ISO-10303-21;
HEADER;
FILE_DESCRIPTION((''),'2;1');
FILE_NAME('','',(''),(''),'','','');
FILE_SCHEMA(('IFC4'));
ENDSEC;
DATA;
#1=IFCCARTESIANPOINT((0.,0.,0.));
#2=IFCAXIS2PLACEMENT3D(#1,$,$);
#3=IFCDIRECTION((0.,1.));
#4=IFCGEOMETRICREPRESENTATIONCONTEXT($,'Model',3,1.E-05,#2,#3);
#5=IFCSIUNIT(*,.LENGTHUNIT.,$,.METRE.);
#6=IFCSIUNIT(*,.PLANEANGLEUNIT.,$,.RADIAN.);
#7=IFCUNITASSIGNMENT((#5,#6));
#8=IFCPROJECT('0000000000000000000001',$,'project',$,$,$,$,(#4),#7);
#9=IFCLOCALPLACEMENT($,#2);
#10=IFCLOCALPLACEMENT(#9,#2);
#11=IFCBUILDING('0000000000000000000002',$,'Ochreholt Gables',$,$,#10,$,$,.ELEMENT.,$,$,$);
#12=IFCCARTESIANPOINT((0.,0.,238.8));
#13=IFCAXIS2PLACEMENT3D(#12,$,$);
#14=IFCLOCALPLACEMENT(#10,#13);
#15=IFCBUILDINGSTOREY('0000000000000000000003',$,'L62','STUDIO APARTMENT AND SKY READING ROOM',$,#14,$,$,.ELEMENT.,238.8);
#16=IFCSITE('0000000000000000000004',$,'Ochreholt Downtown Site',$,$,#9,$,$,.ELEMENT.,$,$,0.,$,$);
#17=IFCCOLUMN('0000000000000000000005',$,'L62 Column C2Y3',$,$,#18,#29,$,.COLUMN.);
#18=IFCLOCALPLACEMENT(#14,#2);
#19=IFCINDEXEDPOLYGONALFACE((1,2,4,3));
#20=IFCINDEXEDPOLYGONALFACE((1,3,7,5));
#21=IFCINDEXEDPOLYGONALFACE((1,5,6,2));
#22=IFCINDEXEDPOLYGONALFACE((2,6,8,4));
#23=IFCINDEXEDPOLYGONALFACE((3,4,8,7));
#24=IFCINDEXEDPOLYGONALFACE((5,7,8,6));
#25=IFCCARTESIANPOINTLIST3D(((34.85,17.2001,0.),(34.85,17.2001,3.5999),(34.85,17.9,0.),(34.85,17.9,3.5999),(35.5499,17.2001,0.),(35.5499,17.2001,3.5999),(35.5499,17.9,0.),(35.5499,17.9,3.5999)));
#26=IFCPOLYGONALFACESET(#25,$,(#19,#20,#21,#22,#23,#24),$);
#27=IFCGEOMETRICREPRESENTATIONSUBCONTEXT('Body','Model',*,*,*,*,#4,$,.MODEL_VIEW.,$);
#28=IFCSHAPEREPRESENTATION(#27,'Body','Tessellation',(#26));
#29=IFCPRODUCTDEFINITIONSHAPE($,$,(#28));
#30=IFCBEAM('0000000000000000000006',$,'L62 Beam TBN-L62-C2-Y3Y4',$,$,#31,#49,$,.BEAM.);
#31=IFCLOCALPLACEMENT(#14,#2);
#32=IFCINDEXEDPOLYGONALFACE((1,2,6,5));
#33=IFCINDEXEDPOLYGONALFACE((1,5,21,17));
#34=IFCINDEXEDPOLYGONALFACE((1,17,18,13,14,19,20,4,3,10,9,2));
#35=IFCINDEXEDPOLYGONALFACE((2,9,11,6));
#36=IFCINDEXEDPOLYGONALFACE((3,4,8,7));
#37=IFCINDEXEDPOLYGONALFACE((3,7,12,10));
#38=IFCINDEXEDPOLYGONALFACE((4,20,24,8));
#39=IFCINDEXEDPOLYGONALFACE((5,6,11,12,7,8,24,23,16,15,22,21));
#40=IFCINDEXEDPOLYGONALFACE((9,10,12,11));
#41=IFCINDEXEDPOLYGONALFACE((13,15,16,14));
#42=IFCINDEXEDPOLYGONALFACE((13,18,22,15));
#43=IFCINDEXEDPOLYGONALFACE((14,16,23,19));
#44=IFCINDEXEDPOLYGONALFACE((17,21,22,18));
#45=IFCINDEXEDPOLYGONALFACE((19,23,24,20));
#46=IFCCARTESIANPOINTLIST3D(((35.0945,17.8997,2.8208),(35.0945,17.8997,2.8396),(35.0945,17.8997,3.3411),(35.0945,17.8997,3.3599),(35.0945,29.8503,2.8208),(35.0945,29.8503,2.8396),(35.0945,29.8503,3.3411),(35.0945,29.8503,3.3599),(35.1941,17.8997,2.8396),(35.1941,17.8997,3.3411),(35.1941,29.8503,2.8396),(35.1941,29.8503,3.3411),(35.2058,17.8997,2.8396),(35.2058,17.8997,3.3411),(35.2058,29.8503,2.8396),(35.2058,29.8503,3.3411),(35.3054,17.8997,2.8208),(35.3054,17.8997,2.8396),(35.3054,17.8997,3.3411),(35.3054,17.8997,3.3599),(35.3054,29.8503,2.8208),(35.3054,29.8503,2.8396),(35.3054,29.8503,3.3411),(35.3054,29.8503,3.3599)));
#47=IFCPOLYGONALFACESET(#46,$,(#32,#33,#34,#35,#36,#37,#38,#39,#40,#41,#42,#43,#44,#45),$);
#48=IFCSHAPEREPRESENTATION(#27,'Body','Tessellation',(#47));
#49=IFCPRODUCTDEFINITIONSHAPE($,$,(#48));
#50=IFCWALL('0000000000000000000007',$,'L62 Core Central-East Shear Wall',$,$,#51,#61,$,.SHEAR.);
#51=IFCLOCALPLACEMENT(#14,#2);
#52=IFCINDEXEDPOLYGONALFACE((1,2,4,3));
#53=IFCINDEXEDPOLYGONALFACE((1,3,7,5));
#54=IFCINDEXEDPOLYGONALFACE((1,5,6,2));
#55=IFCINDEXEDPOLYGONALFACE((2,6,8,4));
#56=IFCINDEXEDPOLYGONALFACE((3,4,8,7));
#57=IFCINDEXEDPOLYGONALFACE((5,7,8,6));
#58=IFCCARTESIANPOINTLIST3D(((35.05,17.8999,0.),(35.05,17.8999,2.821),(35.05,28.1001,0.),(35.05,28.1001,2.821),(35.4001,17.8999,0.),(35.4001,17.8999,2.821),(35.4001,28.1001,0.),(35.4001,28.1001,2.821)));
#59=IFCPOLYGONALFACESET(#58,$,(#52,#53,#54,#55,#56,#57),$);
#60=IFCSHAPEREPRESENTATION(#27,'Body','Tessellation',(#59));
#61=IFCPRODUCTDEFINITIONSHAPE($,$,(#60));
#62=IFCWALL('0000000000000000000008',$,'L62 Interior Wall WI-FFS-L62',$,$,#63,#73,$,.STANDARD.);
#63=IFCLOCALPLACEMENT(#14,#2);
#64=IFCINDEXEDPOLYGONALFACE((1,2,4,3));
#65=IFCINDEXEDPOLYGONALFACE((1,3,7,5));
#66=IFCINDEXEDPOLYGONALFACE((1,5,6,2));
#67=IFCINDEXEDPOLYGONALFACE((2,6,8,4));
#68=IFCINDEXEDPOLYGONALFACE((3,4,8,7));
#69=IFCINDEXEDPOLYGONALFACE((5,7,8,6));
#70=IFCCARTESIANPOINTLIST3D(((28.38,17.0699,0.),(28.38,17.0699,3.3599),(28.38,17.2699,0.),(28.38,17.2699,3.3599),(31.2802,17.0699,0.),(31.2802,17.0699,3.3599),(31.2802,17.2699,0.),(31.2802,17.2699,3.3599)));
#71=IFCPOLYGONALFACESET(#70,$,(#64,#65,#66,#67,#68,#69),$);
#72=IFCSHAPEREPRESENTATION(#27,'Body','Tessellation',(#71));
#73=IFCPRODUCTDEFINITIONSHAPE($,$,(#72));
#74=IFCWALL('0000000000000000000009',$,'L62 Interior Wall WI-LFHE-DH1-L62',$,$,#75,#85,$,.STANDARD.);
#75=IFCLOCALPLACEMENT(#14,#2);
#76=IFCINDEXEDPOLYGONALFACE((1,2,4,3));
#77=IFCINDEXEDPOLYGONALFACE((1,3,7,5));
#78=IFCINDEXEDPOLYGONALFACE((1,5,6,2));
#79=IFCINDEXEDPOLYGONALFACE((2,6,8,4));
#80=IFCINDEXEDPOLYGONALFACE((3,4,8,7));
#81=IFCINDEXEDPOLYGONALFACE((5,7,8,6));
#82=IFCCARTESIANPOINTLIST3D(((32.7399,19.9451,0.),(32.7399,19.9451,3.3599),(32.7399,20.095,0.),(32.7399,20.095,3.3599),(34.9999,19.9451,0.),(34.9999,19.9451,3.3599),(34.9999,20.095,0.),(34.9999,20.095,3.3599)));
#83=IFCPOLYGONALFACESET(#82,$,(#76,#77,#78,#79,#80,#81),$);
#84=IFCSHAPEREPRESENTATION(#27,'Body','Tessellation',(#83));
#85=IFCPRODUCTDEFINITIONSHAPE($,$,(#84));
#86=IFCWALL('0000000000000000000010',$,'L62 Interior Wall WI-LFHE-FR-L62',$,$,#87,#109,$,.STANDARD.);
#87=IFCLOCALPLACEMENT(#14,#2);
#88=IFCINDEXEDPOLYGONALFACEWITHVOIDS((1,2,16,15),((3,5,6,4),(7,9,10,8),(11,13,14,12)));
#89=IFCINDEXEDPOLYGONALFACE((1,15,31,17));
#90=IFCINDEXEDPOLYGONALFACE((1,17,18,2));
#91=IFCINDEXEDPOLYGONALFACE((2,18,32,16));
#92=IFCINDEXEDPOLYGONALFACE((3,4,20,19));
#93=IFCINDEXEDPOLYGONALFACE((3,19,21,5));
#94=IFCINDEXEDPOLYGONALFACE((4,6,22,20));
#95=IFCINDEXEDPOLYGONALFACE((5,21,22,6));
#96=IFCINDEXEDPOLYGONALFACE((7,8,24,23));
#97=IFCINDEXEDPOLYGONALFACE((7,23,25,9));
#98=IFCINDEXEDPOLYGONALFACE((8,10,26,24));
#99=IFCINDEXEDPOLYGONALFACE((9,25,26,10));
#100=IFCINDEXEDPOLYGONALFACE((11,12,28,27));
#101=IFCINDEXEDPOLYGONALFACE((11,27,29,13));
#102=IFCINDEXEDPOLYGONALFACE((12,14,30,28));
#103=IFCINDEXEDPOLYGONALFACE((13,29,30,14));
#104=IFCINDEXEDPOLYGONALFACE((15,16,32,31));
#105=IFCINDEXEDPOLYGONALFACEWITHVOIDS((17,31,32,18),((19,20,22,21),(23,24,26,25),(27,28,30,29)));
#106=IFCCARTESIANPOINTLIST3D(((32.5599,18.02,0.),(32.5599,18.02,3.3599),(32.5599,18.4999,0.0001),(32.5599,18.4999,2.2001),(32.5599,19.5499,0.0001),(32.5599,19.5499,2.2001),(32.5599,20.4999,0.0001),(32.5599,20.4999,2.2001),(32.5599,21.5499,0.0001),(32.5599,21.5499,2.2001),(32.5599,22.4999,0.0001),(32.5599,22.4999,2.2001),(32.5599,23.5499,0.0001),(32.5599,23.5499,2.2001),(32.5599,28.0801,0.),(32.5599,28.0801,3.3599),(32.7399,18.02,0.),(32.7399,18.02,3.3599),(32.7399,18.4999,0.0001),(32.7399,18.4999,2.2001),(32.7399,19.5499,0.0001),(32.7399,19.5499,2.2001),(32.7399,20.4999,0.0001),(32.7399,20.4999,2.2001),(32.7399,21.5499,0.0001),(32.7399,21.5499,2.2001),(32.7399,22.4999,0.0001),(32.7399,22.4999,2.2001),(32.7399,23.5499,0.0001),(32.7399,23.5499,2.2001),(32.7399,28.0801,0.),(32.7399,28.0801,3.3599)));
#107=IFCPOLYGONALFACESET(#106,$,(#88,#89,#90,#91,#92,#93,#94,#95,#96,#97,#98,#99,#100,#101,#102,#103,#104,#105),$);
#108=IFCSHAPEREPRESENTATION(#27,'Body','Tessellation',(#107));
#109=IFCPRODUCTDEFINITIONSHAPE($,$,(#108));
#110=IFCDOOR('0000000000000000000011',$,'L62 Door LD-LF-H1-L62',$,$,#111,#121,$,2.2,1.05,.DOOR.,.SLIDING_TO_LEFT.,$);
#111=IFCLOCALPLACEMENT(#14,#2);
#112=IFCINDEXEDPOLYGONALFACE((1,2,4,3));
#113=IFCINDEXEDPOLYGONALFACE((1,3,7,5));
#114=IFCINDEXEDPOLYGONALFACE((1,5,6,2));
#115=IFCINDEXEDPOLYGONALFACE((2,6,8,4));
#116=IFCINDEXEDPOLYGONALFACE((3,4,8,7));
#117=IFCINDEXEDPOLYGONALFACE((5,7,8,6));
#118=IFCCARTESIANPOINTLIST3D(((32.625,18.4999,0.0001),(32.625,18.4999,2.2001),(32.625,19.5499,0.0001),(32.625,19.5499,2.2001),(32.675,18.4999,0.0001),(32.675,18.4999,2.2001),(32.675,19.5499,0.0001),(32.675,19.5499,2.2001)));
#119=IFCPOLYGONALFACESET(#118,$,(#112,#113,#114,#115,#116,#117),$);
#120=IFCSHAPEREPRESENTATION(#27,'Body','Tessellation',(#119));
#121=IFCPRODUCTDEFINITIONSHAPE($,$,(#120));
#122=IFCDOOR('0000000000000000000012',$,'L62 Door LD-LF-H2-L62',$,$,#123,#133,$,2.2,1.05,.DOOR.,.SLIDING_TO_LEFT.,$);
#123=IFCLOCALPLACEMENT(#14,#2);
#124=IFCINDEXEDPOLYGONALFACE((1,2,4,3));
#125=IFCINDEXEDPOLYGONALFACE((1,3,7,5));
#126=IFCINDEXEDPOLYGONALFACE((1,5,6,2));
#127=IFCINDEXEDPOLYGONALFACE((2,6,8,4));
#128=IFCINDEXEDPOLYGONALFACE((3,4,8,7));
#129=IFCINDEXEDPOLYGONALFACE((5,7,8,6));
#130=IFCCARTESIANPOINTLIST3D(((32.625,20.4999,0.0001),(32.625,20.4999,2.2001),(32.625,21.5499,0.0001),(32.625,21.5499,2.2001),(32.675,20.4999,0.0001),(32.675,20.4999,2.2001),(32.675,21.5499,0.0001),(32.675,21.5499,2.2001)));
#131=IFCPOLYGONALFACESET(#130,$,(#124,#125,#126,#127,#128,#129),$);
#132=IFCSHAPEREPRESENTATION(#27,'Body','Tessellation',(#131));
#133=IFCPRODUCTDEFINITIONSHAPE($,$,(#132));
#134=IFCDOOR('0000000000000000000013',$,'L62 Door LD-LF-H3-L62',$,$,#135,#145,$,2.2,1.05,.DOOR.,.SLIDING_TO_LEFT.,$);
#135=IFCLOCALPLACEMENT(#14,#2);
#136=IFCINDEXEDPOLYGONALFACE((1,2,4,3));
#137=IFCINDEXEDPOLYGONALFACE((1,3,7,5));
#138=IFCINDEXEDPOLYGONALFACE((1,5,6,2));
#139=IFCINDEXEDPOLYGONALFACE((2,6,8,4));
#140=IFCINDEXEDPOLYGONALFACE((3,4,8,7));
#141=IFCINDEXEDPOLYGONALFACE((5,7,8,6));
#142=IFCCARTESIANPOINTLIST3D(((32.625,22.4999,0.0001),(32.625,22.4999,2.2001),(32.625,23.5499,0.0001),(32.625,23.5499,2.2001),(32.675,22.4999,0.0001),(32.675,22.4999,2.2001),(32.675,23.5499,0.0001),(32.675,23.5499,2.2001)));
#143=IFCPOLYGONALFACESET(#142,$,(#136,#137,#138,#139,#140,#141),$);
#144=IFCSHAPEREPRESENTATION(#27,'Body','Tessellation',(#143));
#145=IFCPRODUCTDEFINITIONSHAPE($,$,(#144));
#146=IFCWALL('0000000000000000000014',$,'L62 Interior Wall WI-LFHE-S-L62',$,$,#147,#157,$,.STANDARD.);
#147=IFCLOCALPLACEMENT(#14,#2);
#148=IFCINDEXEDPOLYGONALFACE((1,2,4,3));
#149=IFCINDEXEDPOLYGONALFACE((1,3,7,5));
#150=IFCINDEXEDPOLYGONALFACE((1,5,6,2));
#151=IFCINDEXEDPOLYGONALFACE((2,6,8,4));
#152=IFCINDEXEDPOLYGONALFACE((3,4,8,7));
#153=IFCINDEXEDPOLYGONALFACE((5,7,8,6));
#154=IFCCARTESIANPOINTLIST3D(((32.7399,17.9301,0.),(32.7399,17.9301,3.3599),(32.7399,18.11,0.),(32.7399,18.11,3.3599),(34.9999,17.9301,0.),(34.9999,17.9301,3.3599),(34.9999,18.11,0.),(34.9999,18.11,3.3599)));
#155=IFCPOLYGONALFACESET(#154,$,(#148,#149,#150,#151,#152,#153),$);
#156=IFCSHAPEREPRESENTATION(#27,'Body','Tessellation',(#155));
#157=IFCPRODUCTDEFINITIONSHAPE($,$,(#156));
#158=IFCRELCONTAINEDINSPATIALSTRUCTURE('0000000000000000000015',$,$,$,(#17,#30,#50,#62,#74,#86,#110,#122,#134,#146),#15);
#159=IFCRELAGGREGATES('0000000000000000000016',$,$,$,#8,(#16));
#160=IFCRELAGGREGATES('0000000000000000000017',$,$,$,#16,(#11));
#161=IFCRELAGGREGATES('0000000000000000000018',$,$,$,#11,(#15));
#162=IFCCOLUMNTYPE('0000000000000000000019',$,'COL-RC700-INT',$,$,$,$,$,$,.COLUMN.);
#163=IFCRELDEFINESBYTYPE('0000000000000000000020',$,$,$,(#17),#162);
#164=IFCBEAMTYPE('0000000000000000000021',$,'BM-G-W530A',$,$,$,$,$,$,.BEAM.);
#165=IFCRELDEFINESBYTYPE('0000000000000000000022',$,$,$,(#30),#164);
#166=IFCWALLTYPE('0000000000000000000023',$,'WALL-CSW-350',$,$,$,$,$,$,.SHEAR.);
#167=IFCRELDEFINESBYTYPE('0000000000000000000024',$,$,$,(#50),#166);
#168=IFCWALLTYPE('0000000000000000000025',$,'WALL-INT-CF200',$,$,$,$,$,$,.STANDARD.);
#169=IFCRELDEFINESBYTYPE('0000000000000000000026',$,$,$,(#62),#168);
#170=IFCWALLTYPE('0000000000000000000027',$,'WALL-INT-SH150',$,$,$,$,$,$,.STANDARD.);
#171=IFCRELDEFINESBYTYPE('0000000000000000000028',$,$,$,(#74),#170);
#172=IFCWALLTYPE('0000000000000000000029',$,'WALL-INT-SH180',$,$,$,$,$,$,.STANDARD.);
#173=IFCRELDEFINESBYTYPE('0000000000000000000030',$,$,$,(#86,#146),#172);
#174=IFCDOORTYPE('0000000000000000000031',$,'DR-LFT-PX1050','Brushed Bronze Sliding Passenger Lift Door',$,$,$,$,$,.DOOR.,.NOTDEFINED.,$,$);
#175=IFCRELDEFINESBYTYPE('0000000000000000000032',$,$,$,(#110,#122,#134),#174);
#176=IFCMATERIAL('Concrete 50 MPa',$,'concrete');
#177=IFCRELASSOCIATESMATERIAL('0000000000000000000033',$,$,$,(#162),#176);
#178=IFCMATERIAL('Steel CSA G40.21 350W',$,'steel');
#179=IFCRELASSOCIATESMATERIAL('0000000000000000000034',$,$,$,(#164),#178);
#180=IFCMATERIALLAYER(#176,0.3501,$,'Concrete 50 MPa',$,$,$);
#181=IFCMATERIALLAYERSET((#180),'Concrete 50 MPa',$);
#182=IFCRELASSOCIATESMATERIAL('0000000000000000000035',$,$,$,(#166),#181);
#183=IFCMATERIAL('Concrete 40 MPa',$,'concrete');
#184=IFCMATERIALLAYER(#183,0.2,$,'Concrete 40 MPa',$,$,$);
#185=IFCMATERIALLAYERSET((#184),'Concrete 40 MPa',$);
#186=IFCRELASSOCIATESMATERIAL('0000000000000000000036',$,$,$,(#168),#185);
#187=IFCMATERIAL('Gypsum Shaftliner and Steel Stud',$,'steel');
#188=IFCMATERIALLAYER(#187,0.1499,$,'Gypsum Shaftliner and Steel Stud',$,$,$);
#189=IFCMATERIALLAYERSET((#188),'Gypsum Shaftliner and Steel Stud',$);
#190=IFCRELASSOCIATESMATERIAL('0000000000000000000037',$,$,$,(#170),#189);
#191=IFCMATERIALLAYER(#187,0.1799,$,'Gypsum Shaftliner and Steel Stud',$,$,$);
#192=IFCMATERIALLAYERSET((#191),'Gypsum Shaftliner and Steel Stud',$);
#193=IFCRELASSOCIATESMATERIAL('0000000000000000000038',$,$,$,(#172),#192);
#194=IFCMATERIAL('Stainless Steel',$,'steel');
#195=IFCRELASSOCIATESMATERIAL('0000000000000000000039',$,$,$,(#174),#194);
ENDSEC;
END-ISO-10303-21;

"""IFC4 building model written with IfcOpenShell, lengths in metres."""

from ifc_helpers import new_model, si_unit, direction, frame, frame_2d, origin, origin_2d, place, context, subcontext, project, spatial, rectangle, i_section, extrude, material, layer, layer_set, material_profile, profile_set, type_object, element, fill, save


model = new_model("IFC4")

# Units and contexts
model_context = context("Model", 3, precision=1e-05, world=origin(), true_north=direction((0.0, 1.0)))
body_context = subcontext(model_context, "Body", "Model", "MODEL_VIEW")
ifc_project = project(units=[si_unit("LENGTHUNIT", "METRE"), si_unit("PLANEANGLEUNIT", "RADIAN")], contexts=[model_context])

# Site, building, storey
site_placement = place(None, origin())
site = spatial("IfcSite", under=ifc_project, at=site_placement, Name="Ochreholt Downtown Site", CompositionType="ELEMENT", RefElevation=0.0)
building_placement = place(site_placement, origin())
building = spatial("IfcBuilding", under=site, at=building_placement, Name="Ochreholt Gables", CompositionType="ELEMENT")
storey_placement = place(building_placement, frame((0.0, 0.0, 238.8)))
storey = spatial("IfcBuildingStorey", under=building, at=storey_placement, Name="L62", Description="STUDIO APARTMENT AND SKY READING ROOM", CompositionType="ELEMENT", Elevation=238.8)

# Column
ifc_material_1 = material(Name="Concrete 50 MPa", Category="concrete")
ifc_material_profile_1 = material_profile(ifc_material_1, rectangle(XDim=0.7, YDim=0.7, at=origin_2d()), Name="RC700X700")
ifc_profile_set_1 = profile_set([ifc_material_profile_1], Name="Concrete 50 MPa")
column_type = type_object("IfcColumnType", Name="COL-RC700-INT", PredefinedType="COLUMN", material=ifc_profile_set_1)
column_placement = place(storey_placement, frame((35.2, 17.55, 0.0), z_axis=(0.0, 0.0, 1.0), x_axis=(1.0, 0.0, 0.0)))
element("IfcColumn", 1, at=column_placement, inside=storey, type_object=column_type, Name="L62 Column C2Y3", PredefinedType="COLUMN", context=body_context, shape_type="SweptSolid", body=[
    extrude(rectangle(XDim=0.7, YDim=0.7, at=origin_2d()), origin(), (0.0, 0.0, 1.0), 3.5999),
])

# Beam
ifc_material_2 = material(Name="Steel CSA G40.21 350W", Category="steel")
ifc_material_profile_2 = material_profile(ifc_material_2, i_section(OverallWidth=0.2109, OverallDepth=0.5391, WebThickness=0.0117, FlangeThickness=0.0188, at=origin_2d()), Name="W530X109")
ifc_profile_set_2 = profile_set([ifc_material_profile_2], Name="Steel CSA G40.21 350W")
beam_type = type_object("IfcBeamType", Name="BM-G-W530A", PredefinedType="BEAM", material=ifc_profile_set_2)
beam_placement = place(storey_placement, frame((35.2, 17.8997, 3.0903), z_axis=(0.0, 1.0, 0.0), x_axis=(-1.0, 0.0, 0.0)))
element("IfcBeam", 2, at=beam_placement, inside=storey, type_object=beam_type, Name="L62 Beam TBN-L62-C2-Y3Y4", PredefinedType="BEAM", context=body_context, shape_type="SweptSolid", body=[
    extrude(i_section(OverallWidth=0.2109, OverallDepth=0.5391, WebThickness=0.0117, FlangeThickness=0.0188, at=origin_2d()), origin(), (0.0, 0.0, 1.0), 11.9507),
])

# Walls
ifc_layer_1 = layer(ifc_material_1, 0.3501, Name="Concrete 50 MPa")
ifc_layer_set_1 = layer_set([ifc_layer_1], Name="Concrete 50 MPa")
wall_type_1 = type_object("IfcWallType", Name="WALL-CSW-350", PredefinedType="SHEAR", material=ifc_layer_set_1)
wall_1_placement = place(storey_placement, frame((35.2251, 17.8999, 0.0), z_axis=(0.0, 0.0, 1.0), x_axis=(0.0, 1.0, 0.0)))
element("IfcWall", 3, at=wall_1_placement, inside=storey, type_object=wall_type_1, Name="L62 Core Central-East Shear Wall", PredefinedType="SHEAR", context=body_context, shape_type="SweptSolid", body=[
    extrude(rectangle(XDim=10.2002, YDim=0.3501, at=frame_2d((5.1001, 0.0))), origin(), (0.0, 0.0, 1.0), 2.821),
])
ifc_material_3 = material(Name="Concrete 40 MPa", Category="concrete")
ifc_layer_2 = layer(ifc_material_3, 0.2, Name="Concrete 40 MPa")
ifc_layer_set_2 = layer_set([ifc_layer_2], Name="Concrete 40 MPa")
wall_type_2 = type_object("IfcWallType", Name="WALL-INT-CF200", PredefinedType="STANDARD", material=ifc_layer_set_2)
wall_2_placement = place(storey_placement, frame((28.3799, 17.1699, 0.0), z_axis=(0.0, 0.0, 1.0), x_axis=(1.0, 0.0, 0.0)))
element("IfcWall", 4, at=wall_2_placement, inside=storey, type_object=wall_type_2, Name="L62 Interior Wall WI-FFS-L62", PredefinedType="STANDARD", context=body_context, shape_type="SweptSolid", body=[
    extrude(rectangle(XDim=2.9001, YDim=0.2, at=frame_2d((1.4502, 0.0))), origin(), (0.0, 0.0, 1.0), 3.3599),
])

# Wall
ifc_material_4 = material(Name="Gypsum Shaftliner and Steel Stud", Category="steel")
ifc_layer_3 = layer(ifc_material_4, 0.1499, Name="Gypsum Shaftliner and Steel Stud")
ifc_layer_set_3 = layer_set([ifc_layer_3], Name="Gypsum Shaftliner and Steel Stud")
wall_type_3 = type_object("IfcWallType", Name="WALL-INT-SH150", PredefinedType="STANDARD", material=ifc_layer_set_3)
wall_3_placement = place(storey_placement, frame((32.74, 20.02, 0.0), z_axis=(0.0, 0.0, 1.0), x_axis=(1.0, 0.0, 0.0)))
element("IfcWall", 5, at=wall_3_placement, inside=storey, type_object=wall_type_3, Name="L62 Interior Wall WI-LFHE-DH1-L62", PredefinedType="STANDARD", context=body_context, shape_type="SweptSolid", body=[
    extrude(rectangle(XDim=2.26, YDim=0.1499, at=frame_2d((1.1299, 0.0))), origin(), (0.0, 0.0, 1.0), 3.3599),
])

# Wall, openings, doors
ifc_layer_4 = layer(ifc_material_4, 0.1799, Name="Gypsum Shaftliner and Steel Stud")
ifc_layer_set_4 = layer_set([ifc_layer_4], Name="Gypsum Shaftliner and Steel Stud")
wall_type_4 = type_object("IfcWallType", Name="WALL-INT-SH180", PredefinedType="STANDARD", material=ifc_layer_set_4)
wall_4_placement = place(storey_placement, frame((32.6499, 18.02, 0.0), z_axis=(0.0, 0.0, 1.0), x_axis=(0.0, 1.0, 0.0)))
wall_4 = element("IfcWall", 6, at=wall_4_placement, inside=storey, type_object=wall_type_4, Name="L62 Interior Wall WI-LFHE-FR-L62", PredefinedType="STANDARD", context=body_context, shape_type="SweptSolid", body=[
    extrude(rectangle(XDim=10.0601, YDim=0.1799, at=frame_2d((5.03, 0.0))), origin(), (0.0, 0.0, 1.0), 3.3599),
])
opening_1_placement = place(wall_4_placement, frame((0.48, 0.0, 0.0)))
opening_1 = element("IfcOpeningElement", 7, at=opening_1_placement, cuts=wall_4, PredefinedType="OPENING", context=body_context, shape_type="SweptSolid", body=[
    extrude(rectangle(XDim=1.05, YDim=2.2, at=frame_2d((0.5249, 1.1001))), frame((0.0, 0.0999, 0.0), z_axis=(0.0, -1.0, 0.0), x_axis=(1.0, 0.0, 0.0)), (0.0, 0.0, 1.0), 0.2),
])
opening_2_placement = place(wall_4_placement, frame((2.48, 0.0, 0.0)))
opening_2 = element("IfcOpeningElement", 8, at=opening_2_placement, cuts=wall_4, PredefinedType="OPENING", context=body_context, shape_type="SweptSolid", body=[
    extrude(rectangle(XDim=1.05, YDim=2.2, at=frame_2d((0.5249, 1.1001))), frame((0.0, 0.0999, 0.0), z_axis=(0.0, -1.0, 0.0), x_axis=(1.0, 0.0, 0.0)), (0.0, 0.0, 1.0), 0.2),
])
opening_3_placement = place(wall_4_placement, frame((4.48, 0.0, 0.0)))
opening_3 = element("IfcOpeningElement", 9, at=opening_3_placement, cuts=wall_4, PredefinedType="OPENING", context=body_context, shape_type="SweptSolid", body=[
    extrude(rectangle(XDim=1.05, YDim=2.2, at=frame_2d((0.5249, 1.1001))), frame((0.0, 0.0999, 0.0), z_axis=(0.0, -1.0, 0.0), x_axis=(1.0, 0.0, 0.0)), (0.0, 0.0, 1.0), 0.2),
])
ifc_material_5 = material(Name="Stainless Steel", Category="steel")
door_type_1 = type_object("IfcDoorType", Name="DR-LFT-PX1050", Description="Brushed Bronze Sliding Passenger Lift Door", OperationType="NOTDEFINED", PredefinedType="DOOR", material=ifc_material_5)
door_1_placement = place(opening_1_placement, origin())
door_1 = element("IfcDoor", 10, at=door_1_placement, inside=storey, type_object=door_type_1, Name="L62 Door LD-LF-H1-L62", OperationType="SLIDING_TO_LEFT", OverallHeight=2.2, OverallWidth=1.05, PredefinedType="DOOR", context=body_context, shape_type="SweptSolid", body=[
    extrude(rectangle(XDim=1.05, YDim=2.2, at=frame_2d((0.5249, 1.1001))), frame((0.0, 0.0249, 0.0), z_axis=(0.0, -1.0, 0.0), x_axis=(1.0, 0.0, 0.0)), (0.0, 0.0, 1.0), 0.05),
])
fill(opening_1, door_1)
door_2_placement = place(opening_2_placement, origin())
door_2 = element("IfcDoor", 11, at=door_2_placement, inside=storey, type_object=door_type_1, Name="L62 Door LD-LF-H2-L62", OperationType="SLIDING_TO_LEFT", OverallHeight=2.2, OverallWidth=1.05, PredefinedType="DOOR", context=body_context, shape_type="SweptSolid", body=[
    extrude(rectangle(XDim=1.05, YDim=2.2, at=frame_2d((0.5249, 1.1001))), frame((0.0, 0.0249, 0.0), z_axis=(0.0, -1.0, 0.0), x_axis=(1.0, 0.0, 0.0)), (0.0, 0.0, 1.0), 0.05),
])
fill(opening_2, door_2)
door_3_placement = place(opening_3_placement, origin())
door_3 = element("IfcDoor", 12, at=door_3_placement, inside=storey, type_object=door_type_1, Name="L62 Door LD-LF-H3-L62", OperationType="SLIDING_TO_LEFT", OverallHeight=2.2, OverallWidth=1.05, PredefinedType="DOOR", context=body_context, shape_type="SweptSolid", body=[
    extrude(rectangle(XDim=1.05, YDim=2.2, at=frame_2d((0.5249, 1.1001))), frame((0.0, 0.0249, 0.0), z_axis=(0.0, -1.0, 0.0), x_axis=(1.0, 0.0, 0.0)), (0.0, 0.0, 1.0), 0.05),
])
fill(opening_3, door_3)

# Wall
wall_5_placement = place(storey_placement, frame((32.74, 18.02, 0.0), z_axis=(0.0, 0.0, 1.0), x_axis=(1.0, 0.0, 0.0)))
element("IfcWall", 13, at=wall_5_placement, inside=storey, type_object=wall_type_4, Name="L62 Interior Wall WI-LFHE-S-L62", PredefinedType="STANDARD", context=body_context, shape_type="SweptSolid", body=[
    extrude(rectangle(XDim=2.26, YDim=0.1799, at=frame_2d((1.1299, 0.0))), origin(), (0.0, 0.0, 1.0), 3.3599),
])

save(model, "model.ifc")
